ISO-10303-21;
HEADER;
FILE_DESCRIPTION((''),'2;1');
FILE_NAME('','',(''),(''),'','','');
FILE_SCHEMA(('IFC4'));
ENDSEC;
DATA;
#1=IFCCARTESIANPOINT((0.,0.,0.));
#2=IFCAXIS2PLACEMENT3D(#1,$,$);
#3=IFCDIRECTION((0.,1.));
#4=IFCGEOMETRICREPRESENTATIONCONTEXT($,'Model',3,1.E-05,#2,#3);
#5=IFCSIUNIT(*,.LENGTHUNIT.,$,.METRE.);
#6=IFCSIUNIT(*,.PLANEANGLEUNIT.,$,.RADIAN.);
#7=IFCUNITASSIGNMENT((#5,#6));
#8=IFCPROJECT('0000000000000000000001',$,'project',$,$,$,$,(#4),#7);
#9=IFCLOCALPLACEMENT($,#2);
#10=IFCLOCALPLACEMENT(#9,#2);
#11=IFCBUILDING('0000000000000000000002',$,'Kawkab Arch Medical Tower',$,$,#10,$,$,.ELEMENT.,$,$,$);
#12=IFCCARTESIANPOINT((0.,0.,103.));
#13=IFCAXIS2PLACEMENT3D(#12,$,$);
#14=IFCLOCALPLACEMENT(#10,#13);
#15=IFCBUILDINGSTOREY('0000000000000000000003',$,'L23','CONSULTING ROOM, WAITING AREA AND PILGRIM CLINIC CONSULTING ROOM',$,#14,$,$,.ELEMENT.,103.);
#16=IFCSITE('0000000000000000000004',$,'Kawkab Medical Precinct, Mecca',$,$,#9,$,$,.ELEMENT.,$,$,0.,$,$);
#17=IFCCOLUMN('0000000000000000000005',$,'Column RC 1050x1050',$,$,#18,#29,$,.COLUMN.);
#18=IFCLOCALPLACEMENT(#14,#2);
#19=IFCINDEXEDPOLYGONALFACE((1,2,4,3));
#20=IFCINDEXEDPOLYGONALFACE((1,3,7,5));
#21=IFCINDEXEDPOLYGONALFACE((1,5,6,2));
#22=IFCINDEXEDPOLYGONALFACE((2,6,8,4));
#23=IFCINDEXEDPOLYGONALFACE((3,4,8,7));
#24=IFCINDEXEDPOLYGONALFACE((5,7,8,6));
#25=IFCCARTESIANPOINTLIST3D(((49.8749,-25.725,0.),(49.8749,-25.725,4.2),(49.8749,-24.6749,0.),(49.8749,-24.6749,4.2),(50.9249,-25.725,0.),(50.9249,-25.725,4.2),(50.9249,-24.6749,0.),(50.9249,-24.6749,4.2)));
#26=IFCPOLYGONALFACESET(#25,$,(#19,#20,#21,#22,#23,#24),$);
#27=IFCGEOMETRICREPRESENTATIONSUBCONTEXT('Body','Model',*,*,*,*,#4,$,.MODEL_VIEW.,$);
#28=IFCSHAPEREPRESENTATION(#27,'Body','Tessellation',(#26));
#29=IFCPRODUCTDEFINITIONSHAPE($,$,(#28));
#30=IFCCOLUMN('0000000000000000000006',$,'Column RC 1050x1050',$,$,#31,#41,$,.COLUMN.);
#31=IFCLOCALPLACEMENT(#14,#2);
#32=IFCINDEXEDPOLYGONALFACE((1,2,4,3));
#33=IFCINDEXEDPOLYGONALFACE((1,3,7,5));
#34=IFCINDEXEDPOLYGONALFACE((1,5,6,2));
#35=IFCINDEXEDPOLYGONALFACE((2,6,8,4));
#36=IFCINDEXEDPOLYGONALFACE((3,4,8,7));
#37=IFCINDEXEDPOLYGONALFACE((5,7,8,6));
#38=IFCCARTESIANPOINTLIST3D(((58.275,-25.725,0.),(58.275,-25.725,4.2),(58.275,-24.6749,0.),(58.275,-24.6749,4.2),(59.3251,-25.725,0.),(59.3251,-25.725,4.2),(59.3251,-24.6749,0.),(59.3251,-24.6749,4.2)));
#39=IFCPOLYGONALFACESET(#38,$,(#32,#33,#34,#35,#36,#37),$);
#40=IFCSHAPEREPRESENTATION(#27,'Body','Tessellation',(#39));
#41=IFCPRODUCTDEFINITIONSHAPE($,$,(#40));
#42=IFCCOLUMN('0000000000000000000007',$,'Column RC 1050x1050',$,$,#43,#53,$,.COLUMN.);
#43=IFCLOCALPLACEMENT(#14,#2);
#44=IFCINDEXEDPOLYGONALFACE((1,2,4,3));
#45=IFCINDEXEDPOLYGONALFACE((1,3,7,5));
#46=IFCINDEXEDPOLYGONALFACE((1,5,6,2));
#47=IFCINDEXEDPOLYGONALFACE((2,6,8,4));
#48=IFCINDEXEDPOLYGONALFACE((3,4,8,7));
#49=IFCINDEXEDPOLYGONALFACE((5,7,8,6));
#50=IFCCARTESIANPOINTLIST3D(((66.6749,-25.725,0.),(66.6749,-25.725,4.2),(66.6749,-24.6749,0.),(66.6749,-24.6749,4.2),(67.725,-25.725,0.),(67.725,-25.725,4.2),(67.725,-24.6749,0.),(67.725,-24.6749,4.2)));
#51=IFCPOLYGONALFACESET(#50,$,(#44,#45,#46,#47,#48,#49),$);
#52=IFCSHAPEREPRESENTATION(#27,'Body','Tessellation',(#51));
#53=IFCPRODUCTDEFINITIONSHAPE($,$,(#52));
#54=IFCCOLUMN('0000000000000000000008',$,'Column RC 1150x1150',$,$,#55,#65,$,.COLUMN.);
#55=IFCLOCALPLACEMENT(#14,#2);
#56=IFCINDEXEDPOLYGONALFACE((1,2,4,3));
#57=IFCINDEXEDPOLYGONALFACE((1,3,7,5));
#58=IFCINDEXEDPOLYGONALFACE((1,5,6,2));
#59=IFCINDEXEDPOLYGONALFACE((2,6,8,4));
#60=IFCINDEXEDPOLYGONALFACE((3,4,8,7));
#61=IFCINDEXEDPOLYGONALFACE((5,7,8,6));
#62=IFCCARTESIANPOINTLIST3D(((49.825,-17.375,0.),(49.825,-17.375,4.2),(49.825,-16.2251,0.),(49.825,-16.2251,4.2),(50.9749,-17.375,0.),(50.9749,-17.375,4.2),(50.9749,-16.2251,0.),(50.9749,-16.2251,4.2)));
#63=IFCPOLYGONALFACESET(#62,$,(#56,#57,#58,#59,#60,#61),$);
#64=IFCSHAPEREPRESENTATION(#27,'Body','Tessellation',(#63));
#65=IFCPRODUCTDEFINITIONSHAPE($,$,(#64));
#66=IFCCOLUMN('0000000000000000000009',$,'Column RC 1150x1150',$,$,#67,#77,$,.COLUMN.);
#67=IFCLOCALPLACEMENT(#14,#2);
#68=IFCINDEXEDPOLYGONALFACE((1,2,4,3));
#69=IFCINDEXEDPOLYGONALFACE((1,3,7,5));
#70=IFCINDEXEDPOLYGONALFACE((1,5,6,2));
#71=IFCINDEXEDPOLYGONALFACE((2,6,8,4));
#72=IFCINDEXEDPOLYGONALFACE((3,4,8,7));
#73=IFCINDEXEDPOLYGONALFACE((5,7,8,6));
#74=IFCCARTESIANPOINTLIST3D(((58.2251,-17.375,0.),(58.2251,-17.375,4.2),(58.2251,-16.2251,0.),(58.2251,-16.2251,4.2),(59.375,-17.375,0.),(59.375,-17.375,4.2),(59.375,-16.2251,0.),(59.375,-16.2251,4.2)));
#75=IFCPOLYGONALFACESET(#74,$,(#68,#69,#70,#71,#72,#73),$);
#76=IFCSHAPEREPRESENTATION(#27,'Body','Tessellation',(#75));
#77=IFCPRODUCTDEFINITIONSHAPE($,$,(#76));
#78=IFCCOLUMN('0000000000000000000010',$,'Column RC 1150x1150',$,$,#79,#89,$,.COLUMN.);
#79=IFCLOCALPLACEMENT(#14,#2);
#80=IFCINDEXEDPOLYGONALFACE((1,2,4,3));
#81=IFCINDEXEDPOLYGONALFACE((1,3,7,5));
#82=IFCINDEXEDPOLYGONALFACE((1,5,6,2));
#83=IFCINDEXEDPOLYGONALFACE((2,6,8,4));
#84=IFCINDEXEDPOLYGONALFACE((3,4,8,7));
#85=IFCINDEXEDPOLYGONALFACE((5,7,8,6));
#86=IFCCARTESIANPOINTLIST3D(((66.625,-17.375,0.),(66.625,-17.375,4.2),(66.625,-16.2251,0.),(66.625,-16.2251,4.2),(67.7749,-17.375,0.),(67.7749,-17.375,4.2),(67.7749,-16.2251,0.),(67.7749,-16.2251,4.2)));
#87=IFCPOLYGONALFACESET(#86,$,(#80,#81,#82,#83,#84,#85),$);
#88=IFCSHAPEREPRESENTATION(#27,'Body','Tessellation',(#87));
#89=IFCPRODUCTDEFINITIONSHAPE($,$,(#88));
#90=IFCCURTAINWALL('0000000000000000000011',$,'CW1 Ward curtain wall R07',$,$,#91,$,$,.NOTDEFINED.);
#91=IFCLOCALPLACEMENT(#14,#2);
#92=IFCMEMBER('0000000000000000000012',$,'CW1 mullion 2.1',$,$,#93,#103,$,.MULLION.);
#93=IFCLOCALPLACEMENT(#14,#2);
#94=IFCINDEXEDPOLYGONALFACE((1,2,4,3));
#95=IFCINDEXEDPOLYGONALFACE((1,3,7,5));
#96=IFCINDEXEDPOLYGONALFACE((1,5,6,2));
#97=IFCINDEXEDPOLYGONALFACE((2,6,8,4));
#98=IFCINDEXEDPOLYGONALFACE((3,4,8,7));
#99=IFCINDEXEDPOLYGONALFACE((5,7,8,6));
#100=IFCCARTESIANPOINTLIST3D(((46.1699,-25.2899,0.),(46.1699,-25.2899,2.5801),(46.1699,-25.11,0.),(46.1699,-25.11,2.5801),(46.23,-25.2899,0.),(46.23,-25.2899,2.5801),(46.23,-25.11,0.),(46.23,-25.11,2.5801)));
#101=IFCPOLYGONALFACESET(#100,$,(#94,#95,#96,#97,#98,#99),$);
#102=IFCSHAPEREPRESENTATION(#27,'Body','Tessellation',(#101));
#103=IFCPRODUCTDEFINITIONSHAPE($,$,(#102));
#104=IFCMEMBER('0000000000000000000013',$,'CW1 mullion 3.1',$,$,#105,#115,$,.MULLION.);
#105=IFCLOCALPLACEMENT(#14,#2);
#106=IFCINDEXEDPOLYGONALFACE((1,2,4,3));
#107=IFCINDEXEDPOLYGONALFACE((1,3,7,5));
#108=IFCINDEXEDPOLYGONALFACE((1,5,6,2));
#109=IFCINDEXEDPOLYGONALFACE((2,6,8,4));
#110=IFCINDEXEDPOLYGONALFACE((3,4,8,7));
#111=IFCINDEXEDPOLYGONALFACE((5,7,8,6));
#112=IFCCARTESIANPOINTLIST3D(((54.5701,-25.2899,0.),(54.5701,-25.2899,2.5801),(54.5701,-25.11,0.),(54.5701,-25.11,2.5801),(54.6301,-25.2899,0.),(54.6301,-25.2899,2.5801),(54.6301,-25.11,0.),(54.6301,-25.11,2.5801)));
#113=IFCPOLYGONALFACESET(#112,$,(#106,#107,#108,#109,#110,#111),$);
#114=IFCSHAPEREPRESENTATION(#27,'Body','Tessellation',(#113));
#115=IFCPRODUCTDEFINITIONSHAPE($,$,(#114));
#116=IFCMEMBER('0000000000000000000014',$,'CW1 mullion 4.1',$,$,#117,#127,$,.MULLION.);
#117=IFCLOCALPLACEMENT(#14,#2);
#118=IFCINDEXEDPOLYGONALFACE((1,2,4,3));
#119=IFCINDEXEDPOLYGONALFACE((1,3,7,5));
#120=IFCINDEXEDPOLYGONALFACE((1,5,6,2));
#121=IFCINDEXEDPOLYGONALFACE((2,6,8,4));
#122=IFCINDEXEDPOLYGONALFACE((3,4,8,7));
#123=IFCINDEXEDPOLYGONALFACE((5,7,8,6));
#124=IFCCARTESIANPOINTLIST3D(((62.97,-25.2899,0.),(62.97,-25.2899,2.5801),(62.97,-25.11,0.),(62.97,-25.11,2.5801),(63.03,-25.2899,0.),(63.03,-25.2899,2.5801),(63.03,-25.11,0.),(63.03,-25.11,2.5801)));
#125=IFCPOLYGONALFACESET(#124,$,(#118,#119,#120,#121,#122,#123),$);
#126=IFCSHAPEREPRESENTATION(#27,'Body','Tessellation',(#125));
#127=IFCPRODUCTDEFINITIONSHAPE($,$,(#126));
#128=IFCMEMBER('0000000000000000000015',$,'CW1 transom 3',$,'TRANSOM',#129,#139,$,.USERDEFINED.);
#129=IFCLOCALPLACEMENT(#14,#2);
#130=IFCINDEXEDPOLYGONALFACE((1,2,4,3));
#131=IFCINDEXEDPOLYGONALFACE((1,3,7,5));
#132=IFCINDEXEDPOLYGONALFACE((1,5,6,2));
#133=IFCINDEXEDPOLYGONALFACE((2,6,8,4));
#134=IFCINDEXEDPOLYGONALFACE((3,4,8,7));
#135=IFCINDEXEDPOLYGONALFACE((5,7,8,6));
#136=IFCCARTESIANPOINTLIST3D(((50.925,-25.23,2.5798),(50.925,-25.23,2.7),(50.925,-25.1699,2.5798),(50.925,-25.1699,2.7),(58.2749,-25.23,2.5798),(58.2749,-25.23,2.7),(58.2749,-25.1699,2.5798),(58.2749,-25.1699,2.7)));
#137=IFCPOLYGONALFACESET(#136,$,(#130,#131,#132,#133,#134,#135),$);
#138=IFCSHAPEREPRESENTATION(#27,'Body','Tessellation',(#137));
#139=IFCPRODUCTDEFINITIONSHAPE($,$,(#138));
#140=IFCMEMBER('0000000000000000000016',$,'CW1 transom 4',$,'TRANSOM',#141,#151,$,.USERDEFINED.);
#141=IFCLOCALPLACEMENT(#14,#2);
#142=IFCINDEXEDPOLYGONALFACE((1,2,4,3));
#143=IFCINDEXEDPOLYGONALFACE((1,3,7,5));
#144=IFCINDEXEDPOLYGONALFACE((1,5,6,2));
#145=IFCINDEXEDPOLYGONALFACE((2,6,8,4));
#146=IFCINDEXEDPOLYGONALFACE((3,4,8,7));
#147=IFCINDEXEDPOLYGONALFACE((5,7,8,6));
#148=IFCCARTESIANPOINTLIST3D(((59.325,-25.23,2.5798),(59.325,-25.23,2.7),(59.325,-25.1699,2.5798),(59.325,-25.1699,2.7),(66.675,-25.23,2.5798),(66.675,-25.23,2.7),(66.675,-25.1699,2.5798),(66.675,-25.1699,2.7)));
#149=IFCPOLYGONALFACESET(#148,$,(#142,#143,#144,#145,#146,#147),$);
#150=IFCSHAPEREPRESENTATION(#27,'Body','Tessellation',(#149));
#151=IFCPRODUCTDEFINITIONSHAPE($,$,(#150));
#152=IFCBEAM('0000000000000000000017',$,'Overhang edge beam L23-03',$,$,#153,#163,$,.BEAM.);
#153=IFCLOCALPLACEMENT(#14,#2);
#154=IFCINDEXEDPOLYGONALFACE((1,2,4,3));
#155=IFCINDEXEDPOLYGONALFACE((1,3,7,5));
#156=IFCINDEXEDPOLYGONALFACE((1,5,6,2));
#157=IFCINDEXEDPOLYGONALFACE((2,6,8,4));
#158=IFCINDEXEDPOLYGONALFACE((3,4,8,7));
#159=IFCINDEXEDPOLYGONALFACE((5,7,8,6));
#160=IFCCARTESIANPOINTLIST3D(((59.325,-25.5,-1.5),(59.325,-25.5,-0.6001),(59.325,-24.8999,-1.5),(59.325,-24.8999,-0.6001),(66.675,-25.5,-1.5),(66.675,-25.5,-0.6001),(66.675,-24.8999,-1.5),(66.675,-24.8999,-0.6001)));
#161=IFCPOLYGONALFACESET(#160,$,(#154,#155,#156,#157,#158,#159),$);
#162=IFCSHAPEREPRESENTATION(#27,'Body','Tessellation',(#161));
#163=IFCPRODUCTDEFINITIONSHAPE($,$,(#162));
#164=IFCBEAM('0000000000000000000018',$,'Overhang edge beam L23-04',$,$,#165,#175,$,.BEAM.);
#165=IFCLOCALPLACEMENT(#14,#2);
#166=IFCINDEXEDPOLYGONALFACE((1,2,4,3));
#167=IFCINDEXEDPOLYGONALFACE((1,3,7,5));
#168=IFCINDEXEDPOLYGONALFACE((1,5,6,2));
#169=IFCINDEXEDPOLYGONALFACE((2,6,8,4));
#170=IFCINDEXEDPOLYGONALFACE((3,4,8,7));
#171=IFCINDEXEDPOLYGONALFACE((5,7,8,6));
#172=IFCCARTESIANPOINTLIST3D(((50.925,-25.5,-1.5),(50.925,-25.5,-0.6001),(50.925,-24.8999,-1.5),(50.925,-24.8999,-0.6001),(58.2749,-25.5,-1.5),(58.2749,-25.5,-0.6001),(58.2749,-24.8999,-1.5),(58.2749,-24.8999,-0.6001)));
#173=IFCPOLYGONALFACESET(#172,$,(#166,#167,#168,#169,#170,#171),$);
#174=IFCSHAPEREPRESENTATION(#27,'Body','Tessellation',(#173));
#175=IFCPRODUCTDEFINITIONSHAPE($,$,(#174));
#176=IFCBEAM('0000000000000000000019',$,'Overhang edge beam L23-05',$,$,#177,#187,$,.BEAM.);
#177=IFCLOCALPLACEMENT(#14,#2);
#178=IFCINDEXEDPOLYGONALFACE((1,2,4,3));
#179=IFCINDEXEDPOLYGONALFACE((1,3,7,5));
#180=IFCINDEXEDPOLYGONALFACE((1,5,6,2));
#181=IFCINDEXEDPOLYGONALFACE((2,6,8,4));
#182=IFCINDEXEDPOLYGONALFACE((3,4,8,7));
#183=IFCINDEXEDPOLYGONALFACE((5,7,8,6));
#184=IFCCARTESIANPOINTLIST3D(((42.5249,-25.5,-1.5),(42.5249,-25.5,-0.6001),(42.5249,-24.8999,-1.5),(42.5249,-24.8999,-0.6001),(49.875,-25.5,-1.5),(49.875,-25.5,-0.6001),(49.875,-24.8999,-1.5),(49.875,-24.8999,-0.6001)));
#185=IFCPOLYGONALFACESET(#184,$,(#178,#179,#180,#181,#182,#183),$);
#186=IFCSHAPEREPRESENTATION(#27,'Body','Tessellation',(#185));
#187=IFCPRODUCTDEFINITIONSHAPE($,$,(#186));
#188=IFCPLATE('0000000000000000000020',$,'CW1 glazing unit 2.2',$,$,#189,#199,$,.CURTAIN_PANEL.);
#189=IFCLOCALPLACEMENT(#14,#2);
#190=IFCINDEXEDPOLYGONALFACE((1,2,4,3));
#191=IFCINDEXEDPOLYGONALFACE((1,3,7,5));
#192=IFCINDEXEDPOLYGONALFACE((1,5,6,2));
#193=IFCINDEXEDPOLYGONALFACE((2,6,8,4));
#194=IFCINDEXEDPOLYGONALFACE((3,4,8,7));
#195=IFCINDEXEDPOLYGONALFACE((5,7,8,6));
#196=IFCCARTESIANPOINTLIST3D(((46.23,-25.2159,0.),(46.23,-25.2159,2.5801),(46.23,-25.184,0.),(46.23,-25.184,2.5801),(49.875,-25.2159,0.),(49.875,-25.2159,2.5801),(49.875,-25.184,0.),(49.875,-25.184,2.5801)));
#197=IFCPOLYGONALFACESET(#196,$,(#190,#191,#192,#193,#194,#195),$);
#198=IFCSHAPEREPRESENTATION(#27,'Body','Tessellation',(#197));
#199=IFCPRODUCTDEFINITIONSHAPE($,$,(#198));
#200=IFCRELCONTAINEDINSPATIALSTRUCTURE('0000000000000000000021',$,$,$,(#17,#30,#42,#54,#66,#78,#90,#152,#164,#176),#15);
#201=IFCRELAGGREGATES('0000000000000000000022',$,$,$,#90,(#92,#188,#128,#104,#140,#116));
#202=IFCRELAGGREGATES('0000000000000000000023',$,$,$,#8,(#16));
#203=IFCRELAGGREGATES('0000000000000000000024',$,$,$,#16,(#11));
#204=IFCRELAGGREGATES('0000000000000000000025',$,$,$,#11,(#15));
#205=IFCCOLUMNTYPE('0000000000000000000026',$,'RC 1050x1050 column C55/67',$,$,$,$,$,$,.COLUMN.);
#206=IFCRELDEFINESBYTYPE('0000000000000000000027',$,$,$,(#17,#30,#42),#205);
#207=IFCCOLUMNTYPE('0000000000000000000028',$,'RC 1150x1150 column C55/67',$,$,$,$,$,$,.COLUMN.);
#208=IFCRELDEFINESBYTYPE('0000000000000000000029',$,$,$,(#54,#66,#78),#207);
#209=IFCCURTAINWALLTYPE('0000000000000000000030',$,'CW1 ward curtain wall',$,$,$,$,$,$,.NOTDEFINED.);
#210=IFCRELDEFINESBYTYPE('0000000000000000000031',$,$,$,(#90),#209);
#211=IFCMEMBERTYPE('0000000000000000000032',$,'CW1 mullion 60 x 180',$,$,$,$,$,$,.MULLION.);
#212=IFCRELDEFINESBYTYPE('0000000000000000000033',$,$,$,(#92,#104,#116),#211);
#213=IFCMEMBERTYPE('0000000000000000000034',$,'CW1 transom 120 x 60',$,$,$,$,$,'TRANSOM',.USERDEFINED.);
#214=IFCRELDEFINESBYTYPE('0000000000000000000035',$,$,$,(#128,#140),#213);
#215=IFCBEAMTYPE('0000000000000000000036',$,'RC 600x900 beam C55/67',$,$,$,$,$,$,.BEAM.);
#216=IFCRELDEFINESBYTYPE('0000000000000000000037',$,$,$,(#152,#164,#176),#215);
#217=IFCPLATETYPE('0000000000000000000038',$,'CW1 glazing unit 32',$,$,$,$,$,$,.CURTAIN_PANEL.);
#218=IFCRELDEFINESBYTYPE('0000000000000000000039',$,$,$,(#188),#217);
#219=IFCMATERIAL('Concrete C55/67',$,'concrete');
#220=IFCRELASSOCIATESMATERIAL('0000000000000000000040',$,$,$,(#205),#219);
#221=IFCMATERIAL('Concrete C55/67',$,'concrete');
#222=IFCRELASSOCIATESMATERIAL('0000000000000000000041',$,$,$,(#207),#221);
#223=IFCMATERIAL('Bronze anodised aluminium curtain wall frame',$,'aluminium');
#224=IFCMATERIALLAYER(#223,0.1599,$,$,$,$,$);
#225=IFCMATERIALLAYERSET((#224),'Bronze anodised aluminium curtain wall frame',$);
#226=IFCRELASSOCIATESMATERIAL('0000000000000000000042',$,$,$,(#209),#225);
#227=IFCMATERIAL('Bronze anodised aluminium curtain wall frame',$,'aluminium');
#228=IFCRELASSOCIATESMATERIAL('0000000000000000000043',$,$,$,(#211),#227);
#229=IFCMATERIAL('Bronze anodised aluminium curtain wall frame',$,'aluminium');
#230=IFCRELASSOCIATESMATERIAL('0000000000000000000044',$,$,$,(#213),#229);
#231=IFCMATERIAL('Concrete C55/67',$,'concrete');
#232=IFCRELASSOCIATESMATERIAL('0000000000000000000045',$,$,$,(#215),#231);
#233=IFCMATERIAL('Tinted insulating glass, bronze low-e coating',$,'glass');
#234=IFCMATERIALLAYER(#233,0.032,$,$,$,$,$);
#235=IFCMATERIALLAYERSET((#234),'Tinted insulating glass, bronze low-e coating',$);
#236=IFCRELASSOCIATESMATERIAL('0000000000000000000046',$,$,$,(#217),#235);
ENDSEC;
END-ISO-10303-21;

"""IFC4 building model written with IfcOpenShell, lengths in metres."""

from ifc_helpers import new_model, si_unit, direction, frame, origin, origin_2d, place, context, subcontext, project, spatial, rectangle, extrude, material, layer, layer_set, material_profile, profile_set, type_object, element, aggregate, save


model = new_model("IFC4")

# Units and contexts
model_context = context("Model", 3, precision=1e-05, world=origin(), true_north=direction((0.0, 1.0)))
body_context = subcontext(model_context, "Body", "Model", "MODEL_VIEW")
ifc_project = project(units=[si_unit("LENGTHUNIT", "METRE"), si_unit("PLANEANGLEUNIT", "RADIAN")], contexts=[model_context])

# Site, building, storey
site_placement = place(None, origin())
site = spatial("IfcSite", under=ifc_project, at=site_placement, Name="Kawkab Medical Precinct, Mecca", CompositionType="ELEMENT", RefElevation=0.0)
building_placement = place(site_placement, origin())
building = spatial("IfcBuilding", under=site, at=building_placement, Name="Kawkab Arch Medical Tower", CompositionType="ELEMENT")
storey_placement = place(building_placement, frame((0.0, 0.0, 103.0)))
storey = spatial("IfcBuildingStorey", under=building, at=storey_placement, Name="L23", Description="CONSULTING ROOM, WAITING AREA AND PILGRIM CLINIC CONSULTING ROOM", CompositionType="ELEMENT", Elevation=103.0)

# Columns
ifc_material_1 = material(Name="Concrete C55/67", Category="concrete")
ifc_material_profile_1 = material_profile(ifc_material_1, rectangle(XDim=1.05, YDim=1.05, at=origin_2d()), Name="RC 1050x1050")
ifc_profile_set_1 = profile_set([ifc_material_profile_1], Name="Concrete C55/67")
column_type_1 = type_object("IfcColumnType", Name="RC 1050x1050 column C55/67", PredefinedType="COLUMN", material=ifc_profile_set_1)
for number, where, z_axis, x_axis, name in (
    (1, (50.3999, -25.2, 0.0), (0.0, 0.0, 1.0), (1.0, 0.0, 0.0), "Column RC 1050x1050"),
    (2, (58.8, -25.2, 0.0), (0.0, 0.0, 1.0), (1.0, 0.0, 0.0), "Column RC 1050x1050"),
    (3, (67.2, -25.2, 0.0), (0.0, 0.0, 1.0), (1.0, 0.0, 0.0), "Column RC 1050x1050"),
):
    element("IfcColumn", number, at=place(storey_placement, frame(where, z_axis=z_axis, x_axis=x_axis)), inside=storey, type_object=column_type_1, Name=name, PredefinedType="COLUMN", context=body_context, shape_type="SweptSolid", body=[
        extrude(rectangle(XDim=1.05, YDim=1.05, at=origin_2d()), origin(), (0.0, 0.0, 1.0), 4.2),
    ])
ifc_material_2 = material(Name="Concrete C55/67", Category="concrete")
ifc_material_profile_2 = material_profile(ifc_material_2, rectangle(XDim=1.1499, YDim=1.1499, at=origin_2d()), Name="RC 1150x1150")
ifc_profile_set_2 = profile_set([ifc_material_profile_2], Name="Concrete C55/67")
column_type_2 = type_object("IfcColumnType", Name="RC 1150x1150 column C55/67", PredefinedType="COLUMN", material=ifc_profile_set_2)
for number, where, z_axis, x_axis, name in (
    (4, (50.3999, -16.8, 0.0), (0.0, 0.0, 1.0), (1.0, 0.0, 0.0), "Column RC 1150x1150"),
    (5, (58.8, -16.8, 0.0), (0.0, 0.0, 1.0), (1.0, 0.0, 0.0), "Column RC 1150x1150"),
    (6, (67.2, -16.8, 0.0), (0.0, 0.0, 1.0), (1.0, 0.0, 0.0), "Column RC 1150x1150"),
):
    element("IfcColumn", number, at=place(storey_placement, frame(where, z_axis=z_axis, x_axis=x_axis)), inside=storey, type_object=column_type_2, Name=name, PredefinedType="COLUMN", context=body_context, shape_type="SweptSolid", body=[
        extrude(rectangle(XDim=1.1499, YDim=1.1499, at=origin_2d()), origin(), (0.0, 0.0, 1.0), 4.2),
    ])

# Curtain wall, members
ifc_material_3 = material(Name="Bronze anodised aluminium curtain wall frame", Category="aluminium")
ifc_layer_1 = layer(ifc_material_3, 0.1599)
ifc_layer_set_1 = layer_set([ifc_layer_1], Name="Bronze anodised aluminium curtain wall frame")
curtain_wall_type = type_object("IfcCurtainWallType", Name="CW1 ward curtain wall", PredefinedType="NOTDEFINED", material=ifc_layer_set_1)
curtain_wall_placement = place(storey_placement, origin())
curtain_wall = element("IfcCurtainWall", 7, at=curtain_wall_placement, inside=storey, type_object=curtain_wall_type, Name="CW1 Ward curtain wall R07", PredefinedType="NOTDEFINED")
ifc_material_4 = material(Name="Bronze anodised aluminium curtain wall frame", Category="aluminium")
ifc_material_profile_3 = material_profile(ifc_material_4, rectangle(XDim=0.1799, YDim=0.0601, at=origin_2d()), Name="AL 60x180")
ifc_profile_set_3 = profile_set([ifc_material_profile_3], Name="Bronze anodised aluminium curtain wall frame")
member_type_1 = type_object("IfcMemberType", Name="CW1 mullion 60 x 180", PredefinedType="MULLION", material=ifc_profile_set_3)
member_1_placement = place(storey_placement, frame((46.2, -25.2, 0.0), z_axis=(0.0, 0.0, 1.0), x_axis=(0.0, 1.0, 0.0)))
member_1 = element("IfcMember", 8, at=member_1_placement, type_object=member_type_1, Name="CW1 mullion 2.1", PredefinedType="MULLION", context=body_context, shape_type="SweptSolid", body=[
    extrude(rectangle(XDim=0.1799, YDim=0.0601, at=origin_2d()), origin(), (0.0, 0.0, 1.0), 2.5801),
])
member_2_placement = place(storey_placement, frame((54.6001, -25.2, 0.0), z_axis=(0.0, 0.0, 1.0), x_axis=(0.0, 1.0, 0.0)))
member_2 = element("IfcMember", 9, at=member_2_placement, type_object=member_type_1, Name="CW1 mullion 3.1", PredefinedType="MULLION", context=body_context, shape_type="SweptSolid", body=[
    extrude(rectangle(XDim=0.1799, YDim=0.0601, at=origin_2d()), origin(), (0.0, 0.0, 1.0), 2.5801),
])
member_3_placement = place(storey_placement, frame((63.0, -25.2, 0.0), z_axis=(0.0, 0.0, 1.0), x_axis=(0.0, 1.0, 0.0)))
member_3 = element("IfcMember", 10, at=member_3_placement, type_object=member_type_1, Name="CW1 mullion 4.1", PredefinedType="MULLION", context=body_context, shape_type="SweptSolid", body=[
    extrude(rectangle(XDim=0.1799, YDim=0.0601, at=origin_2d()), origin(), (0.0, 0.0, 1.0), 2.5801),
])
ifc_material_5 = material(Name="Bronze anodised aluminium curtain wall frame", Category="aluminium")
ifc_material_profile_4 = material_profile(ifc_material_5, rectangle(XDim=0.0601, YDim=0.1201, at=origin_2d()), Name="AL 60x120")
ifc_profile_set_4 = profile_set([ifc_material_profile_4], Name="Bronze anodised aluminium curtain wall frame")
member_type_2 = type_object("IfcMemberType", Name="CW1 transom 120 x 60", ElementType="TRANSOM", PredefinedType="USERDEFINED", material=ifc_profile_set_4)
member_4_placement = place(storey_placement, frame((50.925, -25.2, 2.6399), z_axis=(1.0, 0.0, 0.0), x_axis=(0.0, 1.0, 0.0)))
member_4 = element("IfcMember", 11, at=member_4_placement, type_object=member_type_2, Name="CW1 transom 3", ObjectType="TRANSOM", PredefinedType="USERDEFINED", context=body_context, shape_type="SweptSolid", body=[
    extrude(rectangle(XDim=0.0601, YDim=0.1201, at=origin_2d()), origin(), (0.0, 0.0, 1.0), 7.3499),
])
member_5_placement = place(storey_placement, frame((59.325, -25.2, 2.6399), z_axis=(1.0, 0.0, 0.0), x_axis=(0.0, 1.0, 0.0)))
member_5 = element("IfcMember", 12, at=member_5_placement, type_object=member_type_2, Name="CW1 transom 4", ObjectType="TRANSOM", PredefinedType="USERDEFINED", context=body_context, shape_type="SweptSolid", body=[
    extrude(rectangle(XDim=0.0601, YDim=0.1201, at=origin_2d()), origin(), (0.0, 0.0, 1.0), 7.3501),
])

# Beams
ifc_material_6 = material(Name="Concrete C55/67", Category="concrete")
ifc_material_profile_5 = material_profile(ifc_material_6, rectangle(XDim=0.6001, YDim=0.8999, at=origin_2d()), Name="RC 600x900")
ifc_profile_set_5 = profile_set([ifc_material_profile_5], Name="Concrete C55/67")
beam_type = type_object("IfcBeamType", Name="RC 600x900 beam C55/67", PredefinedType="BEAM", material=ifc_profile_set_5)
beam_1_placement = place(storey_placement, frame((66.675, -25.2, -1.05), z_axis=(-1.0, 0.0, 0.0), x_axis=(0.0, -1.0, 0.0)))
element("IfcBeam", 13, at=beam_1_placement, inside=storey, type_object=beam_type, Name="Overhang edge beam L23-03", PredefinedType="BEAM", context=body_context, shape_type="SweptSolid", body=[
    extrude(rectangle(XDim=0.6001, YDim=0.8999, at=origin_2d()), origin(), (0.0, 0.0, 1.0), 7.3501),
])
beam_2_placement = place(storey_placement, frame((58.2749, -25.2, -1.05), z_axis=(-1.0, 0.0, 0.0), x_axis=(0.0, -1.0, 0.0)))
element("IfcBeam", 14, at=beam_2_placement, inside=storey, type_object=beam_type, Name="Overhang edge beam L23-04", PredefinedType="BEAM", context=body_context, shape_type="SweptSolid", body=[
    extrude(rectangle(XDim=0.6001, YDim=0.8999, at=origin_2d()), origin(), (0.0, 0.0, 1.0), 7.3499),
])
beam_3_placement = place(storey_placement, frame((49.875, -25.2, -1.05), z_axis=(-1.0, 0.0, 0.0), x_axis=(0.0, -1.0, 0.0)))
element("IfcBeam", 15, at=beam_3_placement, inside=storey, type_object=beam_type, Name="Overhang edge beam L23-05", PredefinedType="BEAM", context=body_context, shape_type="SweptSolid", body=[
    extrude(rectangle(XDim=0.6001, YDim=0.8999, at=origin_2d()), origin(), (0.0, 0.0, 1.0), 7.3501),
])

# Plate
ifc_material_7 = material(Name="Tinted insulating glass, bronze low-e coating", Category="glass")
ifc_layer_2 = layer(ifc_material_7, 0.032)
ifc_layer_set_2 = layer_set([ifc_layer_2], Name="Tinted insulating glass, bronze low-e coating")
plate_type = type_object("IfcPlateType", Name="CW1 glazing unit 32", PredefinedType="CURTAIN_PANEL", material=ifc_layer_set_2)
plate_1_placement = place(storey_placement, frame((48.0525, -25.2, 0.0), z_axis=(0.0, 0.0, 1.0), x_axis=(1.0, 0.0, 0.0)))
plate_1 = element("IfcPlate", 16, at=plate_1_placement, type_object=plate_type, Name="CW1 glazing unit 2.2", PredefinedType="CURTAIN_PANEL", context=body_context, shape_type="SweptSolid", body=[
    extrude(rectangle(XDim=3.645, YDim=0.032, at=origin_2d()), origin(), (0.0, 0.0, 1.0), 2.5801),
])
aggregate(curtain_wall, [member_1, plate_1, member_4, member_2, member_5, member_3])

save(model, "model.ifc")
